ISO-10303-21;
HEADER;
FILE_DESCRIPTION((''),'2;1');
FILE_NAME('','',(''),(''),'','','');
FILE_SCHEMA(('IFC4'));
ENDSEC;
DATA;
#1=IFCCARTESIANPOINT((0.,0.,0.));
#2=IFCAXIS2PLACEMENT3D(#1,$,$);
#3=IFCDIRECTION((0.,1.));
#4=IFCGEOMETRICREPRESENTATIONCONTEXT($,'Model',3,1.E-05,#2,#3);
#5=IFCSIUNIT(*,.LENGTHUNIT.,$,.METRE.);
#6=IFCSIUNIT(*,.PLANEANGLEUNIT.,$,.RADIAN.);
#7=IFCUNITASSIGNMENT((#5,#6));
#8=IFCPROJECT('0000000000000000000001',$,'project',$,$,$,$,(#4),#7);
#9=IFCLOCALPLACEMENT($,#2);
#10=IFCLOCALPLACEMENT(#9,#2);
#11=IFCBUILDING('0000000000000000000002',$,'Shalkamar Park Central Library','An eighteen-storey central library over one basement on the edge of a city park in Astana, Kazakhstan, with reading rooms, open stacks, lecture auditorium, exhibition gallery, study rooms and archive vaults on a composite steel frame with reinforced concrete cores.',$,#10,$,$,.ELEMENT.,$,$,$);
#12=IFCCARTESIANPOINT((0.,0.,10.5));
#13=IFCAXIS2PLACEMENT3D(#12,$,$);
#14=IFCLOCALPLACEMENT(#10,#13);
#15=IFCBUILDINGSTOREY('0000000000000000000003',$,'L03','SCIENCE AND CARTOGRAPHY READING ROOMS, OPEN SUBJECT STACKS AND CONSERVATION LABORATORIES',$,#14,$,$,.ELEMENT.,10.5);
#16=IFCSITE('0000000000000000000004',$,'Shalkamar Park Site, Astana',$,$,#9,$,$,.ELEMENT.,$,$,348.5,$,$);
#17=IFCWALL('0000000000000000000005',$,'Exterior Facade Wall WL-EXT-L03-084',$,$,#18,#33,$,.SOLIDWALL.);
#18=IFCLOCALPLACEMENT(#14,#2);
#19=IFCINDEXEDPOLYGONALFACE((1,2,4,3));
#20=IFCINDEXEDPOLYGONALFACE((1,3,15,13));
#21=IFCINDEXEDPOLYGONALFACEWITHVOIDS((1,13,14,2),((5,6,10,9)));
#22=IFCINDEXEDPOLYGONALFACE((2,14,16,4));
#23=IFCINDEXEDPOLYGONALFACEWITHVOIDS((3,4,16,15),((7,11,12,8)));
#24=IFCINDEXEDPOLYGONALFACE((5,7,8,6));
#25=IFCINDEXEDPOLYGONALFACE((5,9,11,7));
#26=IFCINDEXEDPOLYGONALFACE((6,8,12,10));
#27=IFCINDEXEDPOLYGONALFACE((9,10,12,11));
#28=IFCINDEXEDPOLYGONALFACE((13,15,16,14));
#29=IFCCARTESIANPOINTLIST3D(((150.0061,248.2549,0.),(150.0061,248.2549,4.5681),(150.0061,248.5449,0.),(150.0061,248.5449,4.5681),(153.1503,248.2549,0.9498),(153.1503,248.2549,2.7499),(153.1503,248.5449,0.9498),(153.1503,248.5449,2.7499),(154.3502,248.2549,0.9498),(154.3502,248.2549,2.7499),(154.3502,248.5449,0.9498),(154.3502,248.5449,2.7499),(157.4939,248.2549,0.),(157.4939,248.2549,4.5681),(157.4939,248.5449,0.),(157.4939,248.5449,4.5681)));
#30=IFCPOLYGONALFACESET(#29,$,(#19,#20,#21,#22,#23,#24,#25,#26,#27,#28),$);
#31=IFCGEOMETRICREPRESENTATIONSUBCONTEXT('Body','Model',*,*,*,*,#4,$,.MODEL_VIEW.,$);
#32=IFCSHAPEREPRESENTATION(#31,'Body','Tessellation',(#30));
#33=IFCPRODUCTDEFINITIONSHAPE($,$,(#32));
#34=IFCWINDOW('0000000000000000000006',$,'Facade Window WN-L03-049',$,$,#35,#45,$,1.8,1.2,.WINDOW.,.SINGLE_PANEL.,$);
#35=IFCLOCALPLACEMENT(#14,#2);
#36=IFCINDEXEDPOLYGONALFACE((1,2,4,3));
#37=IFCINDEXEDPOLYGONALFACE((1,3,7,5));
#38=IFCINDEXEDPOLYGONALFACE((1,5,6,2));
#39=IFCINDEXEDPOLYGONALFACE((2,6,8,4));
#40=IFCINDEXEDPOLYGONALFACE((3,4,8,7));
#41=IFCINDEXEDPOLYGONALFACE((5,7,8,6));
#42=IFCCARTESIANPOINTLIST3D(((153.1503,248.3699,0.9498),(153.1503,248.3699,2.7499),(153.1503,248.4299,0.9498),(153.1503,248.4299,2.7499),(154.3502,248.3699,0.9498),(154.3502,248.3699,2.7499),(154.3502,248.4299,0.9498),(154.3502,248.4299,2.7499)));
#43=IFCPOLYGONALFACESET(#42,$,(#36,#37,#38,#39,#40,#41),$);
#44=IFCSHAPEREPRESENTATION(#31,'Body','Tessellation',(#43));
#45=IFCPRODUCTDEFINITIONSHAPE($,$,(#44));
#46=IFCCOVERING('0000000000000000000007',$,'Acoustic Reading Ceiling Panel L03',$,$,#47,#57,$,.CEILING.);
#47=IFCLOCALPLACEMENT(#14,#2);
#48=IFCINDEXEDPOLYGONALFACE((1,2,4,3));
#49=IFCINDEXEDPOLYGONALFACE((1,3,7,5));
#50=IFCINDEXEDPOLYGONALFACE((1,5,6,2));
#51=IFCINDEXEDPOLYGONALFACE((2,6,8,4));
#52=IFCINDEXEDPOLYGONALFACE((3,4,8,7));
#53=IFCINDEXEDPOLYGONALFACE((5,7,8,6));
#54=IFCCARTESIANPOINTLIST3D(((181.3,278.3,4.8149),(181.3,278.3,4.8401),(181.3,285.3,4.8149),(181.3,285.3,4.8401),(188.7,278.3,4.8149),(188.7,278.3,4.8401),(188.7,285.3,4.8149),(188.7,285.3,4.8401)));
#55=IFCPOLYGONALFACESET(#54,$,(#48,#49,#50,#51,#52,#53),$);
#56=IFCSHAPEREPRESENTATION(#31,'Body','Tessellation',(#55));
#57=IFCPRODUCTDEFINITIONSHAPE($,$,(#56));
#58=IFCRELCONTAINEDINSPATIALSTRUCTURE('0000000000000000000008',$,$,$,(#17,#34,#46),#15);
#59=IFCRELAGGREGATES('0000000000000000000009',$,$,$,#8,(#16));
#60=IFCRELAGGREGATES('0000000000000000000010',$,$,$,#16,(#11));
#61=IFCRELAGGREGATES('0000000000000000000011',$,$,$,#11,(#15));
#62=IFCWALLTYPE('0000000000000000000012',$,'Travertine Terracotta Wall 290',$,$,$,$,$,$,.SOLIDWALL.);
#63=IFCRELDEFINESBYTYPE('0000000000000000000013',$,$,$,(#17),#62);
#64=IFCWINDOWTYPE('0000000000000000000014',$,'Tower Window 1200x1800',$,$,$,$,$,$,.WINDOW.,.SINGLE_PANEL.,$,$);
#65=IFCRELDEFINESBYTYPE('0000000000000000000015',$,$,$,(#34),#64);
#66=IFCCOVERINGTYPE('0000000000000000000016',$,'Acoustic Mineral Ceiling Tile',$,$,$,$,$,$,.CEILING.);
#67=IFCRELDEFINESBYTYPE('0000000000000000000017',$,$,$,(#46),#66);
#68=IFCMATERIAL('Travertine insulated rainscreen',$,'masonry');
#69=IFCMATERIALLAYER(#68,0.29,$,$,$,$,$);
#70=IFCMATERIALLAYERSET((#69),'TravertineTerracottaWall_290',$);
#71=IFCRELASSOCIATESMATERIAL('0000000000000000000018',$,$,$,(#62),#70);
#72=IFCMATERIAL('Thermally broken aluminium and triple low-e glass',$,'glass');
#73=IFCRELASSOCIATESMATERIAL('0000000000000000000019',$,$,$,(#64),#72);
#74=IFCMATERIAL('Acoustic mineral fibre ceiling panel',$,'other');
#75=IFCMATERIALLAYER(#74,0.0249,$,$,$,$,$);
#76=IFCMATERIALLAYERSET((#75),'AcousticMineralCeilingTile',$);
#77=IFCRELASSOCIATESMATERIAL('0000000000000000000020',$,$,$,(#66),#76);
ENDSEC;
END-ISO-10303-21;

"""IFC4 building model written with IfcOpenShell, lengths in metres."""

from ifc_helpers import new_model, si_unit, direction, frame, frame_2d, origin, place, context, subcontext, project, spatial, polyline, rectangle, outline, extrude, material, layer, layer_set, type_object, element, fill, save


model = new_model("IFC4")

# Units and contexts
model_context = context("Model", 3, precision=1e-05, world=origin(), true_north=direction((0.0, 1.0)))
body_context = subcontext(model_context, "Body", "Model", "MODEL_VIEW")
ifc_project = project(units=[si_unit("LENGTHUNIT", "METRE"), si_unit("PLANEANGLEUNIT", "RADIAN")], contexts=[model_context])

# Site, building, storey
site_placement = place(None, origin())
site = spatial("IfcSite", under=ifc_project, at=site_placement, Name="Shalkamar Park Site, Astana", CompositionType="ELEMENT", RefElevation=348.5)
building_placement = place(site_placement, origin())
building = spatial("IfcBuilding", under=site, at=building_placement, Name="Shalkamar Park Central Library", Description="An eighteen-storey central library over one basement on the edge of a city park in Astana, Kazakhstan, with reading rooms, open stacks, lecture auditorium, exhibition gallery, study rooms and archive vaults on a composite steel frame with reinforced concrete cores.", CompositionType="ELEMENT")
storey_placement = place(building_placement, frame((0.0, 0.0, 10.5)))
storey = spatial("IfcBuildingStorey", under=building, at=storey_placement, Name="L03", Description="SCIENCE AND CARTOGRAPHY READING ROOMS, OPEN SUBJECT STACKS AND CONSERVATION LABORATORIES", CompositionType="ELEMENT", Elevation=10.5)

# Wall, opening, window
ifc_material_1 = material(Name="Travertine insulated rainscreen", Category="masonry")
ifc_layer_1 = layer(ifc_material_1, 0.29)
ifc_layer_set_1 = layer_set([ifc_layer_1], Name="TravertineTerracottaWall_290")
wall_type_1 = type_object("IfcWallType", Name="Travertine Terracotta Wall 290", PredefinedType="SOLIDWALL", material=ifc_layer_set_1)
wall_1_placement = place(storey_placement, frame((150.0061, 248.3999, 0.0), z_axis=(0.0, 0.0, 1.0), x_axis=(1.0, 0.0, 0.0)))
wall_1 = element("IfcWall", 1, at=wall_1_placement, inside=storey, type_object=wall_type_1, Name="Exterior Facade Wall WL-EXT-L03-084", PredefinedType="SOLIDWALL", context=body_context, shape_type="SweptSolid", body=[
    extrude(rectangle(XDim=7.4878, YDim=0.29, at=frame_2d((3.7439, 0.0))), origin(), (0.0, 0.0, 1.0), 4.5681),
])
opening_placement = place(wall_1_placement, frame((3.144, 0.0, 0.95)))
opening = element("IfcOpeningElement", 2, at=opening_placement, cuts=wall_1, PredefinedType="OPENING", context=body_context, shape_type="SweptSolid", body=[
    extrude(rectangle(XDim=1.2, YDim=1.8, at=frame_2d((0.6001, 0.8999))), frame((0.0, 0.1599, 0.0), z_axis=(0.0, -1.0, 0.0), x_axis=(1.0, 0.0, 0.0)), (0.0, 0.0, 1.0), 0.3198),
])
ifc_material_2 = material(Name="Thermally broken aluminium and triple low-e glass", Category="glass")
window_type = type_object("IfcWindowType", Name="Tower Window 1200x1800", PartitioningType="SINGLE_PANEL", PredefinedType="WINDOW", material=ifc_material_2)
window_placement = place(opening_placement, origin())
window = element("IfcWindow", 3, at=window_placement, inside=storey, type_object=window_type, Name="Facade Window WN-L03-049", OverallHeight=1.8, OverallWidth=1.2, PartitioningType="SINGLE_PANEL", PredefinedType="WINDOW", context=body_context, shape_type="SweptSolid", body=[
    extrude(rectangle(XDim=1.2, YDim=1.8, at=frame_2d((0.6001, 0.8999))), frame((0.0, 0.03, 0.0), z_axis=(0.0, -1.0, 0.0), x_axis=(1.0, 0.0, 0.0)), (0.0, 0.0, 1.0), 0.0601),
])
fill(opening, window)

# Covering
ifc_material_3 = material(Name="Acoustic mineral fibre ceiling panel", Category="other")
ifc_layer_2 = layer(ifc_material_3, 0.0249)
ifc_layer_set_2 = layer_set([ifc_layer_2], Name="AcousticMineralCeilingTile")
covering_type = type_object("IfcCoveringType", Name="Acoustic Mineral Ceiling Tile", PredefinedType="CEILING", material=ifc_layer_set_2)
covering_placement = place(storey_placement, frame((0.0, 0.0, 4.8149)))
element("IfcCovering", 4, at=covering_placement, inside=storey, type_object=covering_type, Name="Acoustic Reading Ceiling Panel L03", PredefinedType="CEILING", context=body_context, shape_type="SweptSolid", body=[
    extrude(outline(polyline([(181.3, 278.3), (188.7, 278.3), (188.7, 285.3), (181.3, 285.3), (181.3, 278.3)])), origin(), (0.0, 0.0, 1.0), 0.0251),
])

save(model, "model.ifc")
